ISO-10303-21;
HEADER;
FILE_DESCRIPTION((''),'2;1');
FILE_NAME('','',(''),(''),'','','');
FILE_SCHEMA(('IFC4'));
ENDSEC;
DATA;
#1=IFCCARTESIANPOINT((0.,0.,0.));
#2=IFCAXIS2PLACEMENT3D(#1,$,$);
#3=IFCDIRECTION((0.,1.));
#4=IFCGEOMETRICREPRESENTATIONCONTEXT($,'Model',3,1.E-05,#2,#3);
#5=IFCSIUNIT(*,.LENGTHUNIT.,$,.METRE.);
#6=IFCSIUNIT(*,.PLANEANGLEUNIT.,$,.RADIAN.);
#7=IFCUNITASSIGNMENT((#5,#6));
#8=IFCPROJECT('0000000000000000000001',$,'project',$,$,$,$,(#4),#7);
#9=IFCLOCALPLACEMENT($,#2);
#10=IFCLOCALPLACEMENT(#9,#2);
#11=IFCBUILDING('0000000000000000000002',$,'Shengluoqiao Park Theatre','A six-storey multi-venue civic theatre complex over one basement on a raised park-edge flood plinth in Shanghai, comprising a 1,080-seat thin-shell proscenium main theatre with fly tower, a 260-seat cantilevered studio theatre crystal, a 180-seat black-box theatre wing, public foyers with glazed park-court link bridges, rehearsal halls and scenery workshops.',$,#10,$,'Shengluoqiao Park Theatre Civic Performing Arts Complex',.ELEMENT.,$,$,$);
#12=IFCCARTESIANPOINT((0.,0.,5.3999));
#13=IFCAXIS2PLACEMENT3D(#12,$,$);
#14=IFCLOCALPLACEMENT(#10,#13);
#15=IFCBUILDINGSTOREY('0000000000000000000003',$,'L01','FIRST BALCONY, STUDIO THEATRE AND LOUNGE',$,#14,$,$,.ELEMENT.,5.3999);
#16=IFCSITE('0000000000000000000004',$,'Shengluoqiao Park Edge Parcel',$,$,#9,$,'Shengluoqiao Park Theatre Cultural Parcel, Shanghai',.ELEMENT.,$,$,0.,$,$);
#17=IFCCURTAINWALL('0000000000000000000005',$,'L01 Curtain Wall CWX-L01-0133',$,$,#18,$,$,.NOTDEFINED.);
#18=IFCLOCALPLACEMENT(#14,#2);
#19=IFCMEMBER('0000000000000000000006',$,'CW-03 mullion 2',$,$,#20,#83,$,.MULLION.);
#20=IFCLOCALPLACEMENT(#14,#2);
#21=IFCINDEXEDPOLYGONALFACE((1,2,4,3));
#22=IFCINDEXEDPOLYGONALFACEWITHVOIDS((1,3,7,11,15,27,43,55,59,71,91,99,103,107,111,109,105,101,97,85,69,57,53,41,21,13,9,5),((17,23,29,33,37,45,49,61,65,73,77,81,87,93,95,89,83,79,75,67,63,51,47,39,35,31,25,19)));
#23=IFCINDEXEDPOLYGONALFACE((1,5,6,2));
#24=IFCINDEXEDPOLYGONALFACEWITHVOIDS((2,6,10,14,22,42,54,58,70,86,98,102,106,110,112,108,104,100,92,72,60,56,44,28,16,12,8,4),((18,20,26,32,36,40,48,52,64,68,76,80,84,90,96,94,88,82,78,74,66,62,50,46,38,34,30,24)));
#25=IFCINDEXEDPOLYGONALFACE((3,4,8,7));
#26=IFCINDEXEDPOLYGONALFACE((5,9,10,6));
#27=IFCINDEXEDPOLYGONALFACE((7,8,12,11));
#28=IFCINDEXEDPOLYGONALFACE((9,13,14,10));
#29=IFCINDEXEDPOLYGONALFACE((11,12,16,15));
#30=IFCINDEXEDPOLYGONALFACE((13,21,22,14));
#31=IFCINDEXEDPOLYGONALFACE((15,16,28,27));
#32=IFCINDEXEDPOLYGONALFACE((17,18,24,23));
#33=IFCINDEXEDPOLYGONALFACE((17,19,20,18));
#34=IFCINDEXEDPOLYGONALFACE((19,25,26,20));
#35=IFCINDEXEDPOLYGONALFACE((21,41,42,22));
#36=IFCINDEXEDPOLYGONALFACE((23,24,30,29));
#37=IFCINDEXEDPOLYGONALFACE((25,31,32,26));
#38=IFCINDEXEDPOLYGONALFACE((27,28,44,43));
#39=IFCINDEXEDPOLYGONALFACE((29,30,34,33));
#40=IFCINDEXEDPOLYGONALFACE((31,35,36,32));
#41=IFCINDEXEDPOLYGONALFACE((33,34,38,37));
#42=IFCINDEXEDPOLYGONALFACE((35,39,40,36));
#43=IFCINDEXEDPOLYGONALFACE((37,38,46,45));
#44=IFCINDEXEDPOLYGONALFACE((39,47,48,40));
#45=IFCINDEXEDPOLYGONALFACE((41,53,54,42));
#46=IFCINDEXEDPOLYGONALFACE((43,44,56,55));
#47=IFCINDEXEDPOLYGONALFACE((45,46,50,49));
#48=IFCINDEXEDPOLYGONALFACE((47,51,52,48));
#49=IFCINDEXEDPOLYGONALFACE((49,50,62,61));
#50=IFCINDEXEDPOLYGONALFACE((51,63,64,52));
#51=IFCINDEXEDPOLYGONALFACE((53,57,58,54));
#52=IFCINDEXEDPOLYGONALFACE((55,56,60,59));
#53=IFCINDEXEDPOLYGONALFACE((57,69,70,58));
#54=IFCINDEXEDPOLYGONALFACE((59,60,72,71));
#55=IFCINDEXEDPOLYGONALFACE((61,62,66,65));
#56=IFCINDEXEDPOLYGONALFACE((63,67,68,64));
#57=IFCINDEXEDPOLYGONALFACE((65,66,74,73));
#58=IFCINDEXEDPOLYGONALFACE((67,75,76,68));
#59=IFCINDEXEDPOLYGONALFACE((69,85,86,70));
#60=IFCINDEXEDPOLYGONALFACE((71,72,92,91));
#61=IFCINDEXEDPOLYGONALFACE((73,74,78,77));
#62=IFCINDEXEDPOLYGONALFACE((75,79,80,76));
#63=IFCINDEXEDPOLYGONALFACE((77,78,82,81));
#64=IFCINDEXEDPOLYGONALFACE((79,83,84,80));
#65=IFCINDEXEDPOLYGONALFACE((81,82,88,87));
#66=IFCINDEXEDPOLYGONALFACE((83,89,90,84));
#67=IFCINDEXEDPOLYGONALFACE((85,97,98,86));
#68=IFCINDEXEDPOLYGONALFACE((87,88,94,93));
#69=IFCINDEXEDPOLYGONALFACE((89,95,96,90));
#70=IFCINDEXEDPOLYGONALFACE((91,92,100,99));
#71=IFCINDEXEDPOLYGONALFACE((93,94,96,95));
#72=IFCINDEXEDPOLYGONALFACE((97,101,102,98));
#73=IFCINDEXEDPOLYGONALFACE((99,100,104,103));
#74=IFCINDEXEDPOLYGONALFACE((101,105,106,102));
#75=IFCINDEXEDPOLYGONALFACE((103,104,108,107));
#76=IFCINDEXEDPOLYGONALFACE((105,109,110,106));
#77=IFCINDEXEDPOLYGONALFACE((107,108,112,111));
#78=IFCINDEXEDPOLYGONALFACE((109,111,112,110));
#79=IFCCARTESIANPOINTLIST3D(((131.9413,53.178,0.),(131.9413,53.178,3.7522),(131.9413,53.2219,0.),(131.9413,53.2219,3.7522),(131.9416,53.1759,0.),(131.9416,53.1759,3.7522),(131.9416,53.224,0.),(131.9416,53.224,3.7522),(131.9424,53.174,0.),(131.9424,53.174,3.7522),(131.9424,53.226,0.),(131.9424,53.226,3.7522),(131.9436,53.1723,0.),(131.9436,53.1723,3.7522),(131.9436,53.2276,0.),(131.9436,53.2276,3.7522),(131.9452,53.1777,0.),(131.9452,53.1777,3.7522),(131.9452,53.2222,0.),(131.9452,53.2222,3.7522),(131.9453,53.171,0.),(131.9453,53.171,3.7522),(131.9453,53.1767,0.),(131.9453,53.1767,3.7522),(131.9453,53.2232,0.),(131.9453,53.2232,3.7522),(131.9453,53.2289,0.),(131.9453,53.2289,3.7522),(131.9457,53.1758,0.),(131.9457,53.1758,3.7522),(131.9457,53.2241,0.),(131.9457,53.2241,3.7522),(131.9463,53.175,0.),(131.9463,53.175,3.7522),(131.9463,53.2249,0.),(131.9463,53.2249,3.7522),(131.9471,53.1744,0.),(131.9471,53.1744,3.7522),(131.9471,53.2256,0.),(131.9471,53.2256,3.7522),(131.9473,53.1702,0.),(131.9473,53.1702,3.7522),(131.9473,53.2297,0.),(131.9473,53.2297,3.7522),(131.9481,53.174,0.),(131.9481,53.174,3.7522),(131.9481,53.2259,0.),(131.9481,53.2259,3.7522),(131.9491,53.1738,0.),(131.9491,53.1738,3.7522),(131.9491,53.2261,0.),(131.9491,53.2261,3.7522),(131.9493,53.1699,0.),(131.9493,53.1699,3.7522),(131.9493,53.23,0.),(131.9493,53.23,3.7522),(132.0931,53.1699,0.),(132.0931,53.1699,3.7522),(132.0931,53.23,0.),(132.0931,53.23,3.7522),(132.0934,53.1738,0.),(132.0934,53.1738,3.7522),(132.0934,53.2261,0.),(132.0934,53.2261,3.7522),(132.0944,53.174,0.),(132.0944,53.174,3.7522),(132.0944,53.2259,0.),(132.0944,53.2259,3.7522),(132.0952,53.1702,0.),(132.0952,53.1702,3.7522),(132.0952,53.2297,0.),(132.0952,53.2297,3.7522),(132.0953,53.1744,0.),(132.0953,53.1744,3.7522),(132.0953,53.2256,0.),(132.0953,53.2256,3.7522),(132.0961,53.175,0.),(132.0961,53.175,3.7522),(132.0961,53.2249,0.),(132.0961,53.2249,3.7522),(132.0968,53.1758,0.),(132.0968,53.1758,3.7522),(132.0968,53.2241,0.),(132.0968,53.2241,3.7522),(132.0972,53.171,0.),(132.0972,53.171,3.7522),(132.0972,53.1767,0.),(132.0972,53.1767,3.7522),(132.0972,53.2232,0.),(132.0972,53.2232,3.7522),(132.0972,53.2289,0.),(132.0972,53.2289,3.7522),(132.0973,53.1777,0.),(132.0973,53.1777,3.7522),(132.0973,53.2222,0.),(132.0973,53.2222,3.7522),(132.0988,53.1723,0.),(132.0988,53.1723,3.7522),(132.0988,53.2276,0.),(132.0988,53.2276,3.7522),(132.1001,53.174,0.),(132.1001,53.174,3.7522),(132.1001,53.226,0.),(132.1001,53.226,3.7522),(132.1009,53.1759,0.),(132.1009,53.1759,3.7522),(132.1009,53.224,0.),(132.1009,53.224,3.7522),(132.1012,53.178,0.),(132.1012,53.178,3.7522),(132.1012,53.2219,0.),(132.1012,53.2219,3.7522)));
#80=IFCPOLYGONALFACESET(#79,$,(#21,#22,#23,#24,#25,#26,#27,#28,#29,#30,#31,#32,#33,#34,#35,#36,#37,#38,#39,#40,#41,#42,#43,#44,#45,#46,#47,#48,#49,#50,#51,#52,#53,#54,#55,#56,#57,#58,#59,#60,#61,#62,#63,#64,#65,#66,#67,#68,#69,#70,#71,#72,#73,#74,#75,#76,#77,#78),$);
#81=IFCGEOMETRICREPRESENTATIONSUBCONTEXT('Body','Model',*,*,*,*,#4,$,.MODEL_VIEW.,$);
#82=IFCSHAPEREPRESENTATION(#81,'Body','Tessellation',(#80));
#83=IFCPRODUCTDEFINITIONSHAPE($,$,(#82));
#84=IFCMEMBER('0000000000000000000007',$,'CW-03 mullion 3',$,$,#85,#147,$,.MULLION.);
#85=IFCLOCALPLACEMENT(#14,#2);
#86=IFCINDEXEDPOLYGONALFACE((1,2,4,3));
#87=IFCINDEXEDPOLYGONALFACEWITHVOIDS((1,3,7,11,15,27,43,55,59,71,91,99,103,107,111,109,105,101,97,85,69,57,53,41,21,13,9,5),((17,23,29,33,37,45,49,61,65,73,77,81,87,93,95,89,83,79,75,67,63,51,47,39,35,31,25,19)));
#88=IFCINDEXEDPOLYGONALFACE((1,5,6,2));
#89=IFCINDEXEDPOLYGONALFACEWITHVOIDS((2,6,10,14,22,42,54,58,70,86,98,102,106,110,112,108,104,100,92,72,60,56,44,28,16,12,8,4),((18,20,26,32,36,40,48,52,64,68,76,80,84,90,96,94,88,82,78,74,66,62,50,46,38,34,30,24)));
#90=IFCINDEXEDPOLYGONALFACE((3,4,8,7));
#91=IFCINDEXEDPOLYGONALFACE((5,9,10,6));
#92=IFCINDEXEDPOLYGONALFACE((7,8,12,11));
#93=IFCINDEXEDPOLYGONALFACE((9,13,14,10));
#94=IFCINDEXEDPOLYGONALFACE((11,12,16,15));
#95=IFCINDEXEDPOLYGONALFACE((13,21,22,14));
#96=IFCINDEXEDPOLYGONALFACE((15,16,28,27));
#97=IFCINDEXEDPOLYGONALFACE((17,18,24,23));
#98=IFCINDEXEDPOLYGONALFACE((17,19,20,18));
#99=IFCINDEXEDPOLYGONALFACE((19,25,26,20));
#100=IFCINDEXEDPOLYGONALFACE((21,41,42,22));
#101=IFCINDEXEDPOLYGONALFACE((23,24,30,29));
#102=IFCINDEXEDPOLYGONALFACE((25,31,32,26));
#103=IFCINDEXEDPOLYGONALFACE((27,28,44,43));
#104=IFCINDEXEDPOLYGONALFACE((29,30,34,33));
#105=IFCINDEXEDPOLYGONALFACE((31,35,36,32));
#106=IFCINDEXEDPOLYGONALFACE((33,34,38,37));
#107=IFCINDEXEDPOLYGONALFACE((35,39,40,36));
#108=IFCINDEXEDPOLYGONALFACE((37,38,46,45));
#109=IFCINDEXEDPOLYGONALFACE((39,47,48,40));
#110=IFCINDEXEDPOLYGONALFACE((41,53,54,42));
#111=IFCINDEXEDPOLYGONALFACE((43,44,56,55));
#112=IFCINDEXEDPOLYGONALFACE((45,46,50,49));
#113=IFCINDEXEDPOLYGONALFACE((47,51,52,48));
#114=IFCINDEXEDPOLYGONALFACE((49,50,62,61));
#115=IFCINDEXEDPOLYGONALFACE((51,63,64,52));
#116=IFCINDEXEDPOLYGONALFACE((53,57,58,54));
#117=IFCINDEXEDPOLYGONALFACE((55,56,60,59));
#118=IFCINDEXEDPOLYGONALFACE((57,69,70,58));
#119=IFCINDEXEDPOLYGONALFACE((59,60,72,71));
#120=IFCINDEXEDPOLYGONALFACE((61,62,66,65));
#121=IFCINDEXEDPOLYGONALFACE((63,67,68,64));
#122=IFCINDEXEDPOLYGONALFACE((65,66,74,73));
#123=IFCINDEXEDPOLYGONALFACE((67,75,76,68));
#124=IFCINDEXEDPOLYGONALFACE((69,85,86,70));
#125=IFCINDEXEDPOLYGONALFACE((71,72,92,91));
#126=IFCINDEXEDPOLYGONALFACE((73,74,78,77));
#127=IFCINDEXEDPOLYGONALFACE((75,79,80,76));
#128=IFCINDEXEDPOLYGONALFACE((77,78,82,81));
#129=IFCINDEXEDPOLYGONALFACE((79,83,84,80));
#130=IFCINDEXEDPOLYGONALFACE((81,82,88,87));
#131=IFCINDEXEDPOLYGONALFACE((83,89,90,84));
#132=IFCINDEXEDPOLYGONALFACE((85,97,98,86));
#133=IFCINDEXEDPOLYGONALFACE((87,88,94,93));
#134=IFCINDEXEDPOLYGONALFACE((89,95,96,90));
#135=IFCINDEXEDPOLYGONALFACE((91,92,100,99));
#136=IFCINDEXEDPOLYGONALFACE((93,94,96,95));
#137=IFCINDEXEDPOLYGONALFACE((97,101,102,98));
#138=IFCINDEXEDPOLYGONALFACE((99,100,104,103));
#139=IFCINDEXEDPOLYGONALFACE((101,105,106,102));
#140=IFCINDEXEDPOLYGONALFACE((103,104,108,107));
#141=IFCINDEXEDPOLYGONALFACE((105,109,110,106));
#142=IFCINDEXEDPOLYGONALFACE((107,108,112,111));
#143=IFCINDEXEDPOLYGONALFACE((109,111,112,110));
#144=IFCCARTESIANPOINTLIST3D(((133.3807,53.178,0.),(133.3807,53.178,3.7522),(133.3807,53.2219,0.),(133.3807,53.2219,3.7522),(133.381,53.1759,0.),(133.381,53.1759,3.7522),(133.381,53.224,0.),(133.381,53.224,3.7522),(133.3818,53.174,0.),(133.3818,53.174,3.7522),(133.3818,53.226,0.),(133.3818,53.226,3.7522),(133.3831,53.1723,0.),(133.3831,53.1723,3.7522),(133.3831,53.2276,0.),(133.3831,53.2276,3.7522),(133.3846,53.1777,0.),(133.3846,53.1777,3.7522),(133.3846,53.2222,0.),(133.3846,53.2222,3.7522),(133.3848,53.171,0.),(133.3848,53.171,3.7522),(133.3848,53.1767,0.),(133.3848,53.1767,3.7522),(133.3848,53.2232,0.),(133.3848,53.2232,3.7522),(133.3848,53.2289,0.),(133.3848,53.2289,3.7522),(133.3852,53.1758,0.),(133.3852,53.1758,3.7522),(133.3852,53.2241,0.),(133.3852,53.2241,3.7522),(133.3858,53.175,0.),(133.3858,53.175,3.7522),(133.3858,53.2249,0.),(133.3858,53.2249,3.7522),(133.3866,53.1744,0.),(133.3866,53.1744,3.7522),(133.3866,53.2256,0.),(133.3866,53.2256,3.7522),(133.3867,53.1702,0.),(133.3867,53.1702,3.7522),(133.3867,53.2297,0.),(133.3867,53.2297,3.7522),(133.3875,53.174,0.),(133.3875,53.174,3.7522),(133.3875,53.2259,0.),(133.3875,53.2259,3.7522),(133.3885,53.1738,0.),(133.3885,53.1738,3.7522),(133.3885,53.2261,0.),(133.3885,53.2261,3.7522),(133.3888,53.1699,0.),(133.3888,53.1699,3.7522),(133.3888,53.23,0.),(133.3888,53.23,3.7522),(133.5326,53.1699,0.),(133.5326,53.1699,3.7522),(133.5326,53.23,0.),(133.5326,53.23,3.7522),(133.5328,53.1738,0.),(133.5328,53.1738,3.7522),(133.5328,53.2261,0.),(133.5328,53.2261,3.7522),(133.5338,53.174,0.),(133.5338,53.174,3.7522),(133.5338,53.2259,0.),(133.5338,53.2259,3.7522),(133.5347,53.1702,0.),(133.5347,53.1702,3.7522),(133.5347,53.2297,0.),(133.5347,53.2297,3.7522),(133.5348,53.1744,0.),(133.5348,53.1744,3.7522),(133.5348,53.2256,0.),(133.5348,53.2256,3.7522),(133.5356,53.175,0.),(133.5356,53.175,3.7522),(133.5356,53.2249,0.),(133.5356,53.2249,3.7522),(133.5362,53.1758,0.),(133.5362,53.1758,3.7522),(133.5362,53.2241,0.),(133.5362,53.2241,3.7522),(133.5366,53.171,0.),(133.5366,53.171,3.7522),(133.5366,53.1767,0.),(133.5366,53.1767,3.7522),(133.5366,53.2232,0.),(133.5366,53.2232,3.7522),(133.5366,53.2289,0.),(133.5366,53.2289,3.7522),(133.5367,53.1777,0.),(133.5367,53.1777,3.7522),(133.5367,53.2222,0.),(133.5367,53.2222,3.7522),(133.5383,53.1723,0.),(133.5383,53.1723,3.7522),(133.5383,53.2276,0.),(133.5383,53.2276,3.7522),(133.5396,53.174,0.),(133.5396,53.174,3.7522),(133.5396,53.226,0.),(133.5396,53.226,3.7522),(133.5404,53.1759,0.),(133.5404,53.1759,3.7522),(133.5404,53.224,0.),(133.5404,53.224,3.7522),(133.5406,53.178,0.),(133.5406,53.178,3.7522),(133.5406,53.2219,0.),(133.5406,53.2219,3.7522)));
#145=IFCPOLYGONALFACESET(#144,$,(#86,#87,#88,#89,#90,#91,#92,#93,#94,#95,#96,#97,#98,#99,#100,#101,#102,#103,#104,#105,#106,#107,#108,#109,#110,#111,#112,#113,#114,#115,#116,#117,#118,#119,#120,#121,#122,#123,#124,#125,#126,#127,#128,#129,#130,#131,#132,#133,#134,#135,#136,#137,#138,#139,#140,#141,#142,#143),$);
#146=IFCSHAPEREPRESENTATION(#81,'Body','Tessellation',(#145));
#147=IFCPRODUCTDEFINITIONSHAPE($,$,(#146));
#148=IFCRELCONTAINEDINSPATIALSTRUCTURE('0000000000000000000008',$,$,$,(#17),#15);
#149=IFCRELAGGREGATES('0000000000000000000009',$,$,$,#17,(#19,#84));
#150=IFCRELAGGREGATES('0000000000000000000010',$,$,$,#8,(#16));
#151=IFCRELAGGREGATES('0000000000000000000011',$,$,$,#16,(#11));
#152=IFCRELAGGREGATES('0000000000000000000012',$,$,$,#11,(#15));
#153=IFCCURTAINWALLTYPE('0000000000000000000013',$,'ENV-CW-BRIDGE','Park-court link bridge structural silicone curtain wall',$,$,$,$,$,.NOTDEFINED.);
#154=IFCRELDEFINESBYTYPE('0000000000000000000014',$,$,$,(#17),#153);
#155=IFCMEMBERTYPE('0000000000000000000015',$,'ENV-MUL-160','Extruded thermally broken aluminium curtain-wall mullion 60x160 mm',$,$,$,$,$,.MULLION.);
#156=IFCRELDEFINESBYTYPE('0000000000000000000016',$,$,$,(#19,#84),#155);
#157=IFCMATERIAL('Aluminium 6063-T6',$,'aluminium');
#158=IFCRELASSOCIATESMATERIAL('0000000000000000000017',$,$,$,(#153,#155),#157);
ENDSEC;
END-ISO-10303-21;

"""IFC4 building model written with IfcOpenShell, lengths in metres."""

from ifc_helpers import new_model, si_unit, direction, frame, origin, origin_2d, place, context, subcontext, project, spatial, hollow_rectangle, extrude, material, material_profile, profile_set, type_object, element, aggregate, save


model = new_model("IFC4")

# Units and contexts
model_context = context("Model", 3, precision=1e-05, world=origin(), true_north=direction((0.0, 1.0)))
body_context = subcontext(model_context, "Body", "Model", "MODEL_VIEW")
ifc_project = project(units=[si_unit("LENGTHUNIT", "METRE"), si_unit("PLANEANGLEUNIT", "RADIAN")], contexts=[model_context])

# Site, building, storey
site_placement = place(None, origin())
site = spatial("IfcSite", under=ifc_project, at=site_placement, Name="Shengluoqiao Park Edge Parcel", LongName="Shengluoqiao Park Theatre Cultural Parcel, Shanghai", CompositionType="ELEMENT", RefElevation=0.0)
building_placement = place(site_placement, origin())
building = spatial("IfcBuilding", under=site, at=building_placement, Name="Shengluoqiao Park Theatre", Description="A six-storey multi-venue civic theatre complex over one basement on a raised park-edge flood plinth in Shanghai, comprising a 1,080-seat thin-shell proscenium main theatre with fly tower, a 260-seat cantilevered studio theatre crystal, a 180-seat black-box theatre wing, public foyers with glazed park-court link bridges, rehearsal halls and scenery workshops.", LongName="Shengluoqiao Park Theatre Civic Performing Arts Complex", CompositionType="ELEMENT")
storey_placement = place(building_placement, frame((0.0, 0.0, 5.3999)))
storey = spatial("IfcBuildingStorey", under=building, at=storey_placement, Name="L01", Description="FIRST BALCONY, STUDIO THEATRE AND LOUNGE", CompositionType="ELEMENT", Elevation=5.3999)

# Shared definitions
ifc_material_1 = material(Name="Aluminium 6063-T6", Category="aluminium")
curtain_wall_type = type_object("IfcCurtainWallType", Name="ENV-CW-BRIDGE", Description="Park-court link bridge structural silicone curtain wall", PredefinedType="NOTDEFINED", material=ifc_material_1)
ifc_material_profile_1 = material_profile(ifc_material_1, hollow_rectangle(XDim=0.0601, YDim=0.1599, WallThickness=0.0039, InnerFilletRadius=0.0039, OuterFilletRadius=0.0081, at=origin_2d()), Name="ALU MULLION 160x60x4")
ifc_profile_set_1 = profile_set([ifc_material_profile_1], Name="Aluminium 6063-T6")
member_type_1 = type_object("IfcMemberType", Name="ENV-MUL-160", Description="Extruded thermally broken aluminium curtain-wall mullion 60x160 mm", PredefinedType="MULLION", material=ifc_profile_set_1)

# Curtain wall, members
curtain_wall_1_placement = place(storey_placement, origin())
curtain_wall_1 = element("IfcCurtainWall", 1, at=curtain_wall_1_placement, inside=storey, type_object=curtain_wall_type, Name="L01 Curtain Wall CWX-L01-0133", PredefinedType="NOTDEFINED")
member_1_placement = place(storey_placement, frame((132.0212, 53.2, 0.0), z_axis=(0.0, 0.0, 1.0), x_axis=(0.0, 1.0, 0.0)))
member_1 = element("IfcMember", 2, at=member_1_placement, type_object=member_type_1, Name="CW-03 mullion 2", PredefinedType="MULLION", context=body_context, shape_type="SweptSolid", body=[
    extrude(hollow_rectangle(XDim=0.0601, YDim=0.1599, WallThickness=0.0039, InnerFilletRadius=0.0039, OuterFilletRadius=0.0081, at=origin_2d()), origin(), (0.0, 0.0, 1.0), 3.7522),
])
member_2_placement = place(storey_placement, frame((133.4607, 53.2, 0.0), z_axis=(0.0, 0.0, 1.0), x_axis=(0.0, 1.0, 0.0)))
member_2 = element("IfcMember", 3, at=member_2_placement, type_object=member_type_1, Name="CW-03 mullion 3", PredefinedType="MULLION", context=body_context, shape_type="SweptSolid", body=[
    extrude(hollow_rectangle(XDim=0.0601, YDim=0.1599, WallThickness=0.0039, InnerFilletRadius=0.0039, OuterFilletRadius=0.0081, at=origin_2d()), origin(), (0.0, 0.0, 1.0), 3.7522),
])

aggregate(curtain_wall_1, [member_1, member_2])

save(model, "model.ifc")
